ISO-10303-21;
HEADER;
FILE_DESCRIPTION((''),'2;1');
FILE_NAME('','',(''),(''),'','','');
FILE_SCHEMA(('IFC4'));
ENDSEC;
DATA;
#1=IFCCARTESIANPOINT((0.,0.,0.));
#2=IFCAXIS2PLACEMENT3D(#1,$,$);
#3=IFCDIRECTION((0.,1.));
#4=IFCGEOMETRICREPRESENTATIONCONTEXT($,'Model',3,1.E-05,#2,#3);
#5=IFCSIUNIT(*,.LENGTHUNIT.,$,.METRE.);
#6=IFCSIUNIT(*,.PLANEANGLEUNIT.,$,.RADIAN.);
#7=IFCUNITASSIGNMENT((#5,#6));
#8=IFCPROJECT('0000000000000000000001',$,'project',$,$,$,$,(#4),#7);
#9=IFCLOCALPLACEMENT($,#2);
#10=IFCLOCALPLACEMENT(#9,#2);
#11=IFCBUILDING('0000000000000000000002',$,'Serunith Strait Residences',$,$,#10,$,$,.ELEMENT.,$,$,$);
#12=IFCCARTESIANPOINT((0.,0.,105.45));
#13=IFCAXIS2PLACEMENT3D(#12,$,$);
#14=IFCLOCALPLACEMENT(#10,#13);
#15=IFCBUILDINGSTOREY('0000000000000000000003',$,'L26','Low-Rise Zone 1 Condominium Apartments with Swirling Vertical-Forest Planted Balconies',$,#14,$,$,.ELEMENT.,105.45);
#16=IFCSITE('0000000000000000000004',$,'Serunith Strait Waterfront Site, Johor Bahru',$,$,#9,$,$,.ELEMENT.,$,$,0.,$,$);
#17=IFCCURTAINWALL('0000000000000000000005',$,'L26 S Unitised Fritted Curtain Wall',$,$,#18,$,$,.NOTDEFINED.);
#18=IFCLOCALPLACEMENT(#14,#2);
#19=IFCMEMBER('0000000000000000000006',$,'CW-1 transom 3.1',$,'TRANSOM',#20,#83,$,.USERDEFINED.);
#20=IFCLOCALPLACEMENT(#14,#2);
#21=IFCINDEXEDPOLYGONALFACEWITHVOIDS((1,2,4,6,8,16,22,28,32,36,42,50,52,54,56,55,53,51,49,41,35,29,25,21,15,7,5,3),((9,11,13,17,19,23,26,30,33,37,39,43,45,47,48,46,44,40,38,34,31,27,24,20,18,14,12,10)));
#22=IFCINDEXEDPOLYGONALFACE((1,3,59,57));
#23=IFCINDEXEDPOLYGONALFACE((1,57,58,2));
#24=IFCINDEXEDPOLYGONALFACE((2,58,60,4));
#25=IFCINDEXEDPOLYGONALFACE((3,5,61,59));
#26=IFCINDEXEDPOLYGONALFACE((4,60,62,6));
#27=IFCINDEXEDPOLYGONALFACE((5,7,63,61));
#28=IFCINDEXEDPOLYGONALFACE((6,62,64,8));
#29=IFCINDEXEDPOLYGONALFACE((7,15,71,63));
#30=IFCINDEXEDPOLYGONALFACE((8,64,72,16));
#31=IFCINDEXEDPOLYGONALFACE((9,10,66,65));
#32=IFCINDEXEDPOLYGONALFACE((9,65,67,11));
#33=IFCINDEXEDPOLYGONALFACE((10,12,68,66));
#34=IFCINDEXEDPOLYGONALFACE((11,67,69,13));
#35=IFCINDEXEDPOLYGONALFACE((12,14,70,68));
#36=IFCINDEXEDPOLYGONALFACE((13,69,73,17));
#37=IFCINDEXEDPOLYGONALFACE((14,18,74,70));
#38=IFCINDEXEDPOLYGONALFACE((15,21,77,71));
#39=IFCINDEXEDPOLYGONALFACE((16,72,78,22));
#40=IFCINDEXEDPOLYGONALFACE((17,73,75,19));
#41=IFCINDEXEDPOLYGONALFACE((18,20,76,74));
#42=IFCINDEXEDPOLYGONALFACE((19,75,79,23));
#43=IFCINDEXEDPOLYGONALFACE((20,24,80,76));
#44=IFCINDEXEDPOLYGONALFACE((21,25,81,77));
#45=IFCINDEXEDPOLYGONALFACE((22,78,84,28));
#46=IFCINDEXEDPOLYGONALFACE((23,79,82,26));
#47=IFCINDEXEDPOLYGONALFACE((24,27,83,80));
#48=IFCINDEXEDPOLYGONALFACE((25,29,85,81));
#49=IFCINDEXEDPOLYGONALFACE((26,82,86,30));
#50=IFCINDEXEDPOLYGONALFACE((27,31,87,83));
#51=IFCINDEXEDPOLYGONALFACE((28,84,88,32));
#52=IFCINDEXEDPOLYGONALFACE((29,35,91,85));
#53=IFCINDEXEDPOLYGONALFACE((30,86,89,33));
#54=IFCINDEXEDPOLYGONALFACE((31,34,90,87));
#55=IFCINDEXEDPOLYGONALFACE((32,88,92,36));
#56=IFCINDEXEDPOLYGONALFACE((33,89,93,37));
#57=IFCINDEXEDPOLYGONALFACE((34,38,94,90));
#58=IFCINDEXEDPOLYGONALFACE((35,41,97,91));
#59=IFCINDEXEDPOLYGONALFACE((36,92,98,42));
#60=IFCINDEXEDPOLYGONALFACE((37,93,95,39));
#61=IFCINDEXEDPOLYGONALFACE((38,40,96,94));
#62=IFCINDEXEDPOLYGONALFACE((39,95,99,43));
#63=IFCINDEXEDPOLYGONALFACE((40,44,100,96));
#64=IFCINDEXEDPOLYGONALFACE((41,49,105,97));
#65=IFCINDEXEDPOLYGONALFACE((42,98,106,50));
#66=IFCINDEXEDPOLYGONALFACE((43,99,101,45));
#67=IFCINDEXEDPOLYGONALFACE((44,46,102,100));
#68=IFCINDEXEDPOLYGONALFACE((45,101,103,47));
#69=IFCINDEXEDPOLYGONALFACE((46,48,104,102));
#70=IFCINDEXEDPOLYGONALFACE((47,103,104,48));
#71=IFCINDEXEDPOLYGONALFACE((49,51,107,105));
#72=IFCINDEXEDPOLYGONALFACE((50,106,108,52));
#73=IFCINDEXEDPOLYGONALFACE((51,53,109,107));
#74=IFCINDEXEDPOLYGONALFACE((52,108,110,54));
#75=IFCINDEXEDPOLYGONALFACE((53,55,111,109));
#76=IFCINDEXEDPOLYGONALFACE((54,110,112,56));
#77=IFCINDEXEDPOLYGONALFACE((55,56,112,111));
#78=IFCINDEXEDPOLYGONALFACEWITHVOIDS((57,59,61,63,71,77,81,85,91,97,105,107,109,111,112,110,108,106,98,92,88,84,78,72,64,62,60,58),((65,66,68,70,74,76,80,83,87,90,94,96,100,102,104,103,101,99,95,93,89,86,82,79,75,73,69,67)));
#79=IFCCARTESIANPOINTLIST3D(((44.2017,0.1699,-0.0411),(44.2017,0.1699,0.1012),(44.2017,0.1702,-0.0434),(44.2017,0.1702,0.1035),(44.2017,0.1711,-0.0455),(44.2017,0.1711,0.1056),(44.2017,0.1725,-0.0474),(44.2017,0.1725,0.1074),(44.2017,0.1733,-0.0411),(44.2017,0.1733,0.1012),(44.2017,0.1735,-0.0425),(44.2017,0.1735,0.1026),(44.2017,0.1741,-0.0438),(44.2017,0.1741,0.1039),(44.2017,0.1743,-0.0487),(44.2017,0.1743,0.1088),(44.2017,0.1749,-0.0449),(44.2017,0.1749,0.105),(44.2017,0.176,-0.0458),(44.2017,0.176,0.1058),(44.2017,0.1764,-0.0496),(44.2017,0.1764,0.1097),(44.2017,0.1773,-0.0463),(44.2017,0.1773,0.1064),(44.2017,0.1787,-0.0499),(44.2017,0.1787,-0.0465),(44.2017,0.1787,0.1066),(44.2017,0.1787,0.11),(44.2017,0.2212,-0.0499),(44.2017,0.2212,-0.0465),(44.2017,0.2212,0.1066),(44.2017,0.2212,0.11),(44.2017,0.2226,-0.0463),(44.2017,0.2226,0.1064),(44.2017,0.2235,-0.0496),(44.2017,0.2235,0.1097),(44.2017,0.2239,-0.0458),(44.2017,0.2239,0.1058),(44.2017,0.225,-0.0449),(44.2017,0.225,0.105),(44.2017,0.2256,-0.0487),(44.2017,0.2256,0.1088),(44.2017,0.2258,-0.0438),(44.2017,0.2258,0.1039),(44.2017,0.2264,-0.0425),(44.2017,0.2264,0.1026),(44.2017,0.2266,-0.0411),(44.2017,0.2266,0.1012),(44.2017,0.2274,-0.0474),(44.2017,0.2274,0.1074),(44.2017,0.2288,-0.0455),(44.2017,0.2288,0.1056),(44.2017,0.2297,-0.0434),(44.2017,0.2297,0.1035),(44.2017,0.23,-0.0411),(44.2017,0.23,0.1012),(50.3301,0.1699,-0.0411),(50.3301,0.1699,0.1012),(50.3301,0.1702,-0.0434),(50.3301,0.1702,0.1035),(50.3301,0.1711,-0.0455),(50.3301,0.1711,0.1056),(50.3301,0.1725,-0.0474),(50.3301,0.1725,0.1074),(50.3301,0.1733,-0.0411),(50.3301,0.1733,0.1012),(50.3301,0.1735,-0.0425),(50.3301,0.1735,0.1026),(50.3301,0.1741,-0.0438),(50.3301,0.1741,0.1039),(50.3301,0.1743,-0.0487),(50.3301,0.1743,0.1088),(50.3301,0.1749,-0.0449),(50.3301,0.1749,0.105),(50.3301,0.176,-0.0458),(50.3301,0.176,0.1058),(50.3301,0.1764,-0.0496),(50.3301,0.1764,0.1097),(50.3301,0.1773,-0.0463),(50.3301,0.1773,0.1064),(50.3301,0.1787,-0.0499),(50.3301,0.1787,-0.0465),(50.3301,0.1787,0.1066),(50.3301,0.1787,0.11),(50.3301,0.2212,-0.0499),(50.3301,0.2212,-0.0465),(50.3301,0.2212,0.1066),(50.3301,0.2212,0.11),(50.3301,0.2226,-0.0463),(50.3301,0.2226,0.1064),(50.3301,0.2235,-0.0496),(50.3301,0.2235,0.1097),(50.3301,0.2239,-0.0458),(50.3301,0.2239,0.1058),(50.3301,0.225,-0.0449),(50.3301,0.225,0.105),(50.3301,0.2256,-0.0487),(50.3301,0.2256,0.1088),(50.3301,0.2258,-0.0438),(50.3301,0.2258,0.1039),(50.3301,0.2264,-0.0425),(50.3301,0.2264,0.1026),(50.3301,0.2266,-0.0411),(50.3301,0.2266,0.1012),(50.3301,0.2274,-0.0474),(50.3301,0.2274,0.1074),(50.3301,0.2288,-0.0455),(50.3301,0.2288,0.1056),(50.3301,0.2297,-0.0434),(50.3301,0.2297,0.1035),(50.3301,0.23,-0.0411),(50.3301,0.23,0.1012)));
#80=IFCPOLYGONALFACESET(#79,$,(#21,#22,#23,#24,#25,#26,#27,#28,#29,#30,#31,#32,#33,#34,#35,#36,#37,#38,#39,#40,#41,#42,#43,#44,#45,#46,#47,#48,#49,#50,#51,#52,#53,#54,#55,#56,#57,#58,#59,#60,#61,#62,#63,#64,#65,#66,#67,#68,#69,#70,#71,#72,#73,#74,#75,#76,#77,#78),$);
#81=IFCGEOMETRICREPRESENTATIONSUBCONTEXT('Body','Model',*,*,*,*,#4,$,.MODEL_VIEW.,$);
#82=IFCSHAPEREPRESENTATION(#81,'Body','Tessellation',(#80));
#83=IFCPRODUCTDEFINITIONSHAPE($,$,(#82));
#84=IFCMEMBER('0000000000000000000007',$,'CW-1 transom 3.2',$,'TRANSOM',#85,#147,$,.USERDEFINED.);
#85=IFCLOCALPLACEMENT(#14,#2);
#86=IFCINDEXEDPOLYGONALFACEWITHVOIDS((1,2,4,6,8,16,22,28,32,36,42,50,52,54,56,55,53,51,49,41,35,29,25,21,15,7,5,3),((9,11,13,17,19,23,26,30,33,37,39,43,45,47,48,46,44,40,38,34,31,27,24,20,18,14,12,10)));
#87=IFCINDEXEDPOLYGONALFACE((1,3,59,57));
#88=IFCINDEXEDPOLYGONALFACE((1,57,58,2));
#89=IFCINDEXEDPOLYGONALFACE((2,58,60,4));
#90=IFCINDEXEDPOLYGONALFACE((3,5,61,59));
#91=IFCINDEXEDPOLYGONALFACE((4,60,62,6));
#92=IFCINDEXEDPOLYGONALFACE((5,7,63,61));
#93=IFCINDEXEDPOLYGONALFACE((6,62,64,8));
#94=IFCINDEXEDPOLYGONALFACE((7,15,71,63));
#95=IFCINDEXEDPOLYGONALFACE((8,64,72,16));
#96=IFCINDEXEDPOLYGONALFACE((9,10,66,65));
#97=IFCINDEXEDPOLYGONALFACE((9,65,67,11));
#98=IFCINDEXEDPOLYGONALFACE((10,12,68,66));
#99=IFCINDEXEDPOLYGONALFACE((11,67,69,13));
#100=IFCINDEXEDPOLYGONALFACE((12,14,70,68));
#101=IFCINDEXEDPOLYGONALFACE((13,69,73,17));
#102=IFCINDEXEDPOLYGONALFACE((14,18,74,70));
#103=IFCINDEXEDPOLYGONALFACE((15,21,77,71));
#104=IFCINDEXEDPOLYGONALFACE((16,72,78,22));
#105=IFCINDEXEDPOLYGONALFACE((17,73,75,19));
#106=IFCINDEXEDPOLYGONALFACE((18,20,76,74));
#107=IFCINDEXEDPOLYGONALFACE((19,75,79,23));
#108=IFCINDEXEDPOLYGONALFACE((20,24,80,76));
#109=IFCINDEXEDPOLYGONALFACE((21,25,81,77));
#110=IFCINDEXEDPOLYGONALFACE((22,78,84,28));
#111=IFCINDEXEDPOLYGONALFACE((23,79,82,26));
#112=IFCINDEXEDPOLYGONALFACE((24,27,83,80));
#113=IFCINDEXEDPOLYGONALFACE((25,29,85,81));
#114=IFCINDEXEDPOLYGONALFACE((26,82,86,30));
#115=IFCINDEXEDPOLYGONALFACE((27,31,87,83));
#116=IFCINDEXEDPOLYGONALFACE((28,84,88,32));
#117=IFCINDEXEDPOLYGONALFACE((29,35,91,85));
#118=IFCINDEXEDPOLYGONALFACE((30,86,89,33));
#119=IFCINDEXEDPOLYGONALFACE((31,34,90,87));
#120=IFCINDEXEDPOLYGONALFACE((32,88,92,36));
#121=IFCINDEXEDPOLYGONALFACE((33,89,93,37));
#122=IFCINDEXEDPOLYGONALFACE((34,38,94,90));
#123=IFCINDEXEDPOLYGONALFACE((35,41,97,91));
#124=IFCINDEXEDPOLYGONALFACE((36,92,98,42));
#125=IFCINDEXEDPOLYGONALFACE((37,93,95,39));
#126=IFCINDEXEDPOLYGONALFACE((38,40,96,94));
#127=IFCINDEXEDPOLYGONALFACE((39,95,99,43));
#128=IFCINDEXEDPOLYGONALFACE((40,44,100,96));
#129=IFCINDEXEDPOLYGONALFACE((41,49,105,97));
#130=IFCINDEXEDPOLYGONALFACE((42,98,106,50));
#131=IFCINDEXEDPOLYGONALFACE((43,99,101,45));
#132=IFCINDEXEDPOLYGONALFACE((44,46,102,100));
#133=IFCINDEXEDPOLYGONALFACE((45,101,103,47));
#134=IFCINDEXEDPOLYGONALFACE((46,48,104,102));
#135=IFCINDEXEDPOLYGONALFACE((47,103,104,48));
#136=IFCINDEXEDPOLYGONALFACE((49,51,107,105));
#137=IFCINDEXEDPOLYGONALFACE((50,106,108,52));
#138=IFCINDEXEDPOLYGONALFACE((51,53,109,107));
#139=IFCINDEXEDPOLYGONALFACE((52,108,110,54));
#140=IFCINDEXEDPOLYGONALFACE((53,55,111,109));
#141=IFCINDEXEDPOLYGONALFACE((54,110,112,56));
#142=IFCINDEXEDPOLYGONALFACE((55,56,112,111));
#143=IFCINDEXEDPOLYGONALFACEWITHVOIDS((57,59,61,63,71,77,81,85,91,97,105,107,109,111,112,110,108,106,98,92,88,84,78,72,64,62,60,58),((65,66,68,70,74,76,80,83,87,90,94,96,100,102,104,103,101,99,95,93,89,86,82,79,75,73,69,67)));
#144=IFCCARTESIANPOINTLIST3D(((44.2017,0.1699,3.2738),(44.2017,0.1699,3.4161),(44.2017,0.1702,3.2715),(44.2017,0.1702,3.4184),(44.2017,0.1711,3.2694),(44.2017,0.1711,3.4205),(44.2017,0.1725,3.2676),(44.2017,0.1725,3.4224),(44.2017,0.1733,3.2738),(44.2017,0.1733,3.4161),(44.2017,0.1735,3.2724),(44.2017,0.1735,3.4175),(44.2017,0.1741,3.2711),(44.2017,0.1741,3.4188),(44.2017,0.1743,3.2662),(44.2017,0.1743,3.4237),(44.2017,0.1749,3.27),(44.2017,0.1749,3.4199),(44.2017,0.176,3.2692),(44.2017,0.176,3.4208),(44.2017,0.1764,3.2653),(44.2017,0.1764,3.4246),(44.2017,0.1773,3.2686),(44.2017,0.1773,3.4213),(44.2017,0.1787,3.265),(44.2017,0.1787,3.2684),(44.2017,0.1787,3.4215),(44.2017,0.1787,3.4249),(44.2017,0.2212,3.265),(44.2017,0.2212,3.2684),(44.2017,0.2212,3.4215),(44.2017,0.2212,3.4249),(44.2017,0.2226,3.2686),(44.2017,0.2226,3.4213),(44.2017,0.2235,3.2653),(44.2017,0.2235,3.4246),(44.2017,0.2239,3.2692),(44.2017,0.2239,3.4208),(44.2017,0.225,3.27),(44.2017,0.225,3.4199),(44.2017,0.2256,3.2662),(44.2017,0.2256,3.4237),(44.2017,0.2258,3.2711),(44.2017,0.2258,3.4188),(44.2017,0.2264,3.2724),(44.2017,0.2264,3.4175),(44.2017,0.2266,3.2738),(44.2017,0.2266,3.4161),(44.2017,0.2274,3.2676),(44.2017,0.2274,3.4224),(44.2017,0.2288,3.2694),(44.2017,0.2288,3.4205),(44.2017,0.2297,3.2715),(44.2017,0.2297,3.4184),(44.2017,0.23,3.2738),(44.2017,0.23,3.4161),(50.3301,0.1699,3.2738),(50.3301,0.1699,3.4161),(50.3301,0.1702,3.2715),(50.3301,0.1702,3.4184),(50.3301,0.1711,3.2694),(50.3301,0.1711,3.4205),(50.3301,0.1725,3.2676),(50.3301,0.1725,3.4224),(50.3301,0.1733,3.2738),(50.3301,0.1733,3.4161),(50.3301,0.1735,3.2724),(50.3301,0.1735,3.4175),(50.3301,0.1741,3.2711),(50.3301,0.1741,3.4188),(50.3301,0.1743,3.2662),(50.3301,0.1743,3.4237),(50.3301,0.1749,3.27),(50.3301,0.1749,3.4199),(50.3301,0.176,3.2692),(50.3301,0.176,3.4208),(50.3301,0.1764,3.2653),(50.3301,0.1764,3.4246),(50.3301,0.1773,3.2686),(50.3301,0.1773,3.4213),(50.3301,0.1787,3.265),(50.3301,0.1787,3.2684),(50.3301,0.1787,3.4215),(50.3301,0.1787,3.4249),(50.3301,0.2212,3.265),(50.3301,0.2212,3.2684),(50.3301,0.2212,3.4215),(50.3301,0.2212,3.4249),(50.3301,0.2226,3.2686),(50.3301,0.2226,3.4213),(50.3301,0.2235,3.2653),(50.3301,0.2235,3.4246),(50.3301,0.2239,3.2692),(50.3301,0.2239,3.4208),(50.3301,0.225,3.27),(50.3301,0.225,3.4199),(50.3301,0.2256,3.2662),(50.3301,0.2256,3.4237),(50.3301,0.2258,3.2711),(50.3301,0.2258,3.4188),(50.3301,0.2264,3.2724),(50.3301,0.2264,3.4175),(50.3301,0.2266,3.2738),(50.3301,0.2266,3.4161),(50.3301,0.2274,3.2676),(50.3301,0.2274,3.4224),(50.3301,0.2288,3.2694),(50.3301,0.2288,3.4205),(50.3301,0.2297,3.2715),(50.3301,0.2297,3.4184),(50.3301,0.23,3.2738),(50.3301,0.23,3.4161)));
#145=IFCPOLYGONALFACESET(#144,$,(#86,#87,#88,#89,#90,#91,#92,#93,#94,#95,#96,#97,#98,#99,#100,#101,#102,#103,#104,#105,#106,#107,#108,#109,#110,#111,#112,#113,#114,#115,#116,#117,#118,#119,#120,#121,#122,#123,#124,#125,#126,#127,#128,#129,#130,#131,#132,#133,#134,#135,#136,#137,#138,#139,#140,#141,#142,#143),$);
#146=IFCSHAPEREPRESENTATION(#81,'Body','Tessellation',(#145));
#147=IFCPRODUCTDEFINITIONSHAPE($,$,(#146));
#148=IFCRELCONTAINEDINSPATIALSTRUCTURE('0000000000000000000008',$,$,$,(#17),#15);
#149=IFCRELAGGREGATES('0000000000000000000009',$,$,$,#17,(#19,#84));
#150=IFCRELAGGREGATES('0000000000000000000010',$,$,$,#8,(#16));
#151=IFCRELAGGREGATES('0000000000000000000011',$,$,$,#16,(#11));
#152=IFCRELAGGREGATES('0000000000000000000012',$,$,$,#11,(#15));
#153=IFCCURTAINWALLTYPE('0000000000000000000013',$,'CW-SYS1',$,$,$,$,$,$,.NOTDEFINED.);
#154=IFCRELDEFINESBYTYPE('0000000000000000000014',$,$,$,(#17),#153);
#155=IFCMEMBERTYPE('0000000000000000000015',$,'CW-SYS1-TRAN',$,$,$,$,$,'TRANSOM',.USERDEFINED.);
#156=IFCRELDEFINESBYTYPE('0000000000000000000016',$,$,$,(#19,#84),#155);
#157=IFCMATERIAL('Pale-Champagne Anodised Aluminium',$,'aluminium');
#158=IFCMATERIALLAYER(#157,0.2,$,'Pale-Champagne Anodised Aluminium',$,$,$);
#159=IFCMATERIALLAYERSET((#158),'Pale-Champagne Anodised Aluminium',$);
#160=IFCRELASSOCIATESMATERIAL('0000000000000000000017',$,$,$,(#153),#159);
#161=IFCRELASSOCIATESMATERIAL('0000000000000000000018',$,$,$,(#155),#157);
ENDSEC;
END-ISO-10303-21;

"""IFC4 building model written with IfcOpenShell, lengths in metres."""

from ifc_helpers import new_model, si_unit, direction, frame, origin, origin_2d, place, context, subcontext, project, spatial, hollow_rectangle, extrude, source, transform, mapped, material, layer, layer_set, material_profile, profile_set, type_object, element, aggregate, save


model = new_model("IFC4")

# Units and contexts
model_context = context("Model", 3, precision=1e-05, world=origin(), true_north=direction((0.0, 1.0)))
body_context = subcontext(model_context, "Body", "Model", "MODEL_VIEW")
ifc_project = project(units=[si_unit("LENGTHUNIT", "METRE"), si_unit("PLANEANGLEUNIT", "RADIAN")], contexts=[model_context])

# Site, building, storey
site_placement = place(None, origin())
site = spatial("IfcSite", under=ifc_project, at=site_placement, Name="Serunith Strait Waterfront Site, Johor Bahru", CompositionType="ELEMENT", RefElevation=0.0)
building_placement = place(site_placement, origin())
building = spatial("IfcBuilding", under=site, at=building_placement, Name="Serunith Strait Residences", CompositionType="ELEMENT")
storey_placement = place(building_placement, frame((0.0, 0.0, 105.45)))
storey = spatial("IfcBuildingStorey", under=building, at=storey_placement, Name="L26", Description="Low-Rise Zone 1 Condominium Apartments with Swirling Vertical-Forest Planted Balconies", CompositionType="ELEMENT", Elevation=105.45)

# Curtain wall, members
ifc_material_1 = material(Name="Pale-Champagne Anodised Aluminium", Category="aluminium")
ifc_layer_1 = layer(ifc_material_1, 0.2, Name="Pale-Champagne Anodised Aluminium")
ifc_layer_set_1 = layer_set([ifc_layer_1], Name="Pale-Champagne Anodised Aluminium")
curtain_wall_type = type_object("IfcCurtainWallType", Name="CW-SYS1", PredefinedType="NOTDEFINED", material=ifc_layer_set_1)
ifc_material_profile_1 = material_profile(ifc_material_1, hollow_rectangle(XDim=0.0601, YDim=0.1599, WallThickness=0.0034, InnerFilletRadius=0.0054, OuterFilletRadius=0.0088, at=origin_2d()), Name="ALU 160x60x3.5")
ifc_profile_set_1 = profile_set([ifc_material_profile_1], Name="Pale-Champagne Anodised Aluminium")
member_type_1 = type_object("IfcMemberType", Name="CW-SYS1-TRAN", ElementType="TRANSOM", PredefinedType="USERDEFINED", material=ifc_profile_set_1)
curtain_wall_1_placement = place(storey_placement, origin())
curtain_wall_1 = element("IfcCurtainWall", 1, at=curtain_wall_1_placement, inside=storey, type_object=curtain_wall_type, Name="L26 S Unitised Fritted Curtain Wall", PredefinedType="NOTDEFINED")
shared_shape_1 = source(origin(), body_context, "Body", "SweptSolid", [
    extrude(hollow_rectangle(XDim=0.0601, YDim=0.1599, WallThickness=0.0034, InnerFilletRadius=0.0054, OuterFilletRadius=0.0088, at=origin_2d()), origin(), (0.0, 0.0, 1.0), 6.1284),
])
member_1_placement = place(storey_placement, frame((44.2017, 0.2, 0.03), z_axis=(1.0, 0.0, 0.0), x_axis=(0.0, 1.0, 0.0)))
member_1 = element("IfcMember", 2, at=member_1_placement, type_object=member_type_1, Name="CW-1 transom 3.1", ObjectType="TRANSOM", PredefinedType="USERDEFINED", context=body_context, shape_type="MappedRepresentation", body=[
    mapped(shared_shape_1, transform((0.0, 0.0, 0.0), scale=1.0)),
])
member_2_placement = place(storey_placement, frame((44.2017, 0.2, 3.345), z_axis=(1.0, 0.0, 0.0), x_axis=(0.0, 1.0, 0.0)))
member_2 = element("IfcMember", 3, at=member_2_placement, type_object=member_type_1, Name="CW-1 transom 3.2", ObjectType="TRANSOM", PredefinedType="USERDEFINED", context=body_context, shape_type="MappedRepresentation", body=[
    mapped(shared_shape_1, transform((0.0, 0.0, 0.0), scale=1.0)),
])

aggregate(curtain_wall_1, [member_1, member_2])

save(model, "model.ifc")
